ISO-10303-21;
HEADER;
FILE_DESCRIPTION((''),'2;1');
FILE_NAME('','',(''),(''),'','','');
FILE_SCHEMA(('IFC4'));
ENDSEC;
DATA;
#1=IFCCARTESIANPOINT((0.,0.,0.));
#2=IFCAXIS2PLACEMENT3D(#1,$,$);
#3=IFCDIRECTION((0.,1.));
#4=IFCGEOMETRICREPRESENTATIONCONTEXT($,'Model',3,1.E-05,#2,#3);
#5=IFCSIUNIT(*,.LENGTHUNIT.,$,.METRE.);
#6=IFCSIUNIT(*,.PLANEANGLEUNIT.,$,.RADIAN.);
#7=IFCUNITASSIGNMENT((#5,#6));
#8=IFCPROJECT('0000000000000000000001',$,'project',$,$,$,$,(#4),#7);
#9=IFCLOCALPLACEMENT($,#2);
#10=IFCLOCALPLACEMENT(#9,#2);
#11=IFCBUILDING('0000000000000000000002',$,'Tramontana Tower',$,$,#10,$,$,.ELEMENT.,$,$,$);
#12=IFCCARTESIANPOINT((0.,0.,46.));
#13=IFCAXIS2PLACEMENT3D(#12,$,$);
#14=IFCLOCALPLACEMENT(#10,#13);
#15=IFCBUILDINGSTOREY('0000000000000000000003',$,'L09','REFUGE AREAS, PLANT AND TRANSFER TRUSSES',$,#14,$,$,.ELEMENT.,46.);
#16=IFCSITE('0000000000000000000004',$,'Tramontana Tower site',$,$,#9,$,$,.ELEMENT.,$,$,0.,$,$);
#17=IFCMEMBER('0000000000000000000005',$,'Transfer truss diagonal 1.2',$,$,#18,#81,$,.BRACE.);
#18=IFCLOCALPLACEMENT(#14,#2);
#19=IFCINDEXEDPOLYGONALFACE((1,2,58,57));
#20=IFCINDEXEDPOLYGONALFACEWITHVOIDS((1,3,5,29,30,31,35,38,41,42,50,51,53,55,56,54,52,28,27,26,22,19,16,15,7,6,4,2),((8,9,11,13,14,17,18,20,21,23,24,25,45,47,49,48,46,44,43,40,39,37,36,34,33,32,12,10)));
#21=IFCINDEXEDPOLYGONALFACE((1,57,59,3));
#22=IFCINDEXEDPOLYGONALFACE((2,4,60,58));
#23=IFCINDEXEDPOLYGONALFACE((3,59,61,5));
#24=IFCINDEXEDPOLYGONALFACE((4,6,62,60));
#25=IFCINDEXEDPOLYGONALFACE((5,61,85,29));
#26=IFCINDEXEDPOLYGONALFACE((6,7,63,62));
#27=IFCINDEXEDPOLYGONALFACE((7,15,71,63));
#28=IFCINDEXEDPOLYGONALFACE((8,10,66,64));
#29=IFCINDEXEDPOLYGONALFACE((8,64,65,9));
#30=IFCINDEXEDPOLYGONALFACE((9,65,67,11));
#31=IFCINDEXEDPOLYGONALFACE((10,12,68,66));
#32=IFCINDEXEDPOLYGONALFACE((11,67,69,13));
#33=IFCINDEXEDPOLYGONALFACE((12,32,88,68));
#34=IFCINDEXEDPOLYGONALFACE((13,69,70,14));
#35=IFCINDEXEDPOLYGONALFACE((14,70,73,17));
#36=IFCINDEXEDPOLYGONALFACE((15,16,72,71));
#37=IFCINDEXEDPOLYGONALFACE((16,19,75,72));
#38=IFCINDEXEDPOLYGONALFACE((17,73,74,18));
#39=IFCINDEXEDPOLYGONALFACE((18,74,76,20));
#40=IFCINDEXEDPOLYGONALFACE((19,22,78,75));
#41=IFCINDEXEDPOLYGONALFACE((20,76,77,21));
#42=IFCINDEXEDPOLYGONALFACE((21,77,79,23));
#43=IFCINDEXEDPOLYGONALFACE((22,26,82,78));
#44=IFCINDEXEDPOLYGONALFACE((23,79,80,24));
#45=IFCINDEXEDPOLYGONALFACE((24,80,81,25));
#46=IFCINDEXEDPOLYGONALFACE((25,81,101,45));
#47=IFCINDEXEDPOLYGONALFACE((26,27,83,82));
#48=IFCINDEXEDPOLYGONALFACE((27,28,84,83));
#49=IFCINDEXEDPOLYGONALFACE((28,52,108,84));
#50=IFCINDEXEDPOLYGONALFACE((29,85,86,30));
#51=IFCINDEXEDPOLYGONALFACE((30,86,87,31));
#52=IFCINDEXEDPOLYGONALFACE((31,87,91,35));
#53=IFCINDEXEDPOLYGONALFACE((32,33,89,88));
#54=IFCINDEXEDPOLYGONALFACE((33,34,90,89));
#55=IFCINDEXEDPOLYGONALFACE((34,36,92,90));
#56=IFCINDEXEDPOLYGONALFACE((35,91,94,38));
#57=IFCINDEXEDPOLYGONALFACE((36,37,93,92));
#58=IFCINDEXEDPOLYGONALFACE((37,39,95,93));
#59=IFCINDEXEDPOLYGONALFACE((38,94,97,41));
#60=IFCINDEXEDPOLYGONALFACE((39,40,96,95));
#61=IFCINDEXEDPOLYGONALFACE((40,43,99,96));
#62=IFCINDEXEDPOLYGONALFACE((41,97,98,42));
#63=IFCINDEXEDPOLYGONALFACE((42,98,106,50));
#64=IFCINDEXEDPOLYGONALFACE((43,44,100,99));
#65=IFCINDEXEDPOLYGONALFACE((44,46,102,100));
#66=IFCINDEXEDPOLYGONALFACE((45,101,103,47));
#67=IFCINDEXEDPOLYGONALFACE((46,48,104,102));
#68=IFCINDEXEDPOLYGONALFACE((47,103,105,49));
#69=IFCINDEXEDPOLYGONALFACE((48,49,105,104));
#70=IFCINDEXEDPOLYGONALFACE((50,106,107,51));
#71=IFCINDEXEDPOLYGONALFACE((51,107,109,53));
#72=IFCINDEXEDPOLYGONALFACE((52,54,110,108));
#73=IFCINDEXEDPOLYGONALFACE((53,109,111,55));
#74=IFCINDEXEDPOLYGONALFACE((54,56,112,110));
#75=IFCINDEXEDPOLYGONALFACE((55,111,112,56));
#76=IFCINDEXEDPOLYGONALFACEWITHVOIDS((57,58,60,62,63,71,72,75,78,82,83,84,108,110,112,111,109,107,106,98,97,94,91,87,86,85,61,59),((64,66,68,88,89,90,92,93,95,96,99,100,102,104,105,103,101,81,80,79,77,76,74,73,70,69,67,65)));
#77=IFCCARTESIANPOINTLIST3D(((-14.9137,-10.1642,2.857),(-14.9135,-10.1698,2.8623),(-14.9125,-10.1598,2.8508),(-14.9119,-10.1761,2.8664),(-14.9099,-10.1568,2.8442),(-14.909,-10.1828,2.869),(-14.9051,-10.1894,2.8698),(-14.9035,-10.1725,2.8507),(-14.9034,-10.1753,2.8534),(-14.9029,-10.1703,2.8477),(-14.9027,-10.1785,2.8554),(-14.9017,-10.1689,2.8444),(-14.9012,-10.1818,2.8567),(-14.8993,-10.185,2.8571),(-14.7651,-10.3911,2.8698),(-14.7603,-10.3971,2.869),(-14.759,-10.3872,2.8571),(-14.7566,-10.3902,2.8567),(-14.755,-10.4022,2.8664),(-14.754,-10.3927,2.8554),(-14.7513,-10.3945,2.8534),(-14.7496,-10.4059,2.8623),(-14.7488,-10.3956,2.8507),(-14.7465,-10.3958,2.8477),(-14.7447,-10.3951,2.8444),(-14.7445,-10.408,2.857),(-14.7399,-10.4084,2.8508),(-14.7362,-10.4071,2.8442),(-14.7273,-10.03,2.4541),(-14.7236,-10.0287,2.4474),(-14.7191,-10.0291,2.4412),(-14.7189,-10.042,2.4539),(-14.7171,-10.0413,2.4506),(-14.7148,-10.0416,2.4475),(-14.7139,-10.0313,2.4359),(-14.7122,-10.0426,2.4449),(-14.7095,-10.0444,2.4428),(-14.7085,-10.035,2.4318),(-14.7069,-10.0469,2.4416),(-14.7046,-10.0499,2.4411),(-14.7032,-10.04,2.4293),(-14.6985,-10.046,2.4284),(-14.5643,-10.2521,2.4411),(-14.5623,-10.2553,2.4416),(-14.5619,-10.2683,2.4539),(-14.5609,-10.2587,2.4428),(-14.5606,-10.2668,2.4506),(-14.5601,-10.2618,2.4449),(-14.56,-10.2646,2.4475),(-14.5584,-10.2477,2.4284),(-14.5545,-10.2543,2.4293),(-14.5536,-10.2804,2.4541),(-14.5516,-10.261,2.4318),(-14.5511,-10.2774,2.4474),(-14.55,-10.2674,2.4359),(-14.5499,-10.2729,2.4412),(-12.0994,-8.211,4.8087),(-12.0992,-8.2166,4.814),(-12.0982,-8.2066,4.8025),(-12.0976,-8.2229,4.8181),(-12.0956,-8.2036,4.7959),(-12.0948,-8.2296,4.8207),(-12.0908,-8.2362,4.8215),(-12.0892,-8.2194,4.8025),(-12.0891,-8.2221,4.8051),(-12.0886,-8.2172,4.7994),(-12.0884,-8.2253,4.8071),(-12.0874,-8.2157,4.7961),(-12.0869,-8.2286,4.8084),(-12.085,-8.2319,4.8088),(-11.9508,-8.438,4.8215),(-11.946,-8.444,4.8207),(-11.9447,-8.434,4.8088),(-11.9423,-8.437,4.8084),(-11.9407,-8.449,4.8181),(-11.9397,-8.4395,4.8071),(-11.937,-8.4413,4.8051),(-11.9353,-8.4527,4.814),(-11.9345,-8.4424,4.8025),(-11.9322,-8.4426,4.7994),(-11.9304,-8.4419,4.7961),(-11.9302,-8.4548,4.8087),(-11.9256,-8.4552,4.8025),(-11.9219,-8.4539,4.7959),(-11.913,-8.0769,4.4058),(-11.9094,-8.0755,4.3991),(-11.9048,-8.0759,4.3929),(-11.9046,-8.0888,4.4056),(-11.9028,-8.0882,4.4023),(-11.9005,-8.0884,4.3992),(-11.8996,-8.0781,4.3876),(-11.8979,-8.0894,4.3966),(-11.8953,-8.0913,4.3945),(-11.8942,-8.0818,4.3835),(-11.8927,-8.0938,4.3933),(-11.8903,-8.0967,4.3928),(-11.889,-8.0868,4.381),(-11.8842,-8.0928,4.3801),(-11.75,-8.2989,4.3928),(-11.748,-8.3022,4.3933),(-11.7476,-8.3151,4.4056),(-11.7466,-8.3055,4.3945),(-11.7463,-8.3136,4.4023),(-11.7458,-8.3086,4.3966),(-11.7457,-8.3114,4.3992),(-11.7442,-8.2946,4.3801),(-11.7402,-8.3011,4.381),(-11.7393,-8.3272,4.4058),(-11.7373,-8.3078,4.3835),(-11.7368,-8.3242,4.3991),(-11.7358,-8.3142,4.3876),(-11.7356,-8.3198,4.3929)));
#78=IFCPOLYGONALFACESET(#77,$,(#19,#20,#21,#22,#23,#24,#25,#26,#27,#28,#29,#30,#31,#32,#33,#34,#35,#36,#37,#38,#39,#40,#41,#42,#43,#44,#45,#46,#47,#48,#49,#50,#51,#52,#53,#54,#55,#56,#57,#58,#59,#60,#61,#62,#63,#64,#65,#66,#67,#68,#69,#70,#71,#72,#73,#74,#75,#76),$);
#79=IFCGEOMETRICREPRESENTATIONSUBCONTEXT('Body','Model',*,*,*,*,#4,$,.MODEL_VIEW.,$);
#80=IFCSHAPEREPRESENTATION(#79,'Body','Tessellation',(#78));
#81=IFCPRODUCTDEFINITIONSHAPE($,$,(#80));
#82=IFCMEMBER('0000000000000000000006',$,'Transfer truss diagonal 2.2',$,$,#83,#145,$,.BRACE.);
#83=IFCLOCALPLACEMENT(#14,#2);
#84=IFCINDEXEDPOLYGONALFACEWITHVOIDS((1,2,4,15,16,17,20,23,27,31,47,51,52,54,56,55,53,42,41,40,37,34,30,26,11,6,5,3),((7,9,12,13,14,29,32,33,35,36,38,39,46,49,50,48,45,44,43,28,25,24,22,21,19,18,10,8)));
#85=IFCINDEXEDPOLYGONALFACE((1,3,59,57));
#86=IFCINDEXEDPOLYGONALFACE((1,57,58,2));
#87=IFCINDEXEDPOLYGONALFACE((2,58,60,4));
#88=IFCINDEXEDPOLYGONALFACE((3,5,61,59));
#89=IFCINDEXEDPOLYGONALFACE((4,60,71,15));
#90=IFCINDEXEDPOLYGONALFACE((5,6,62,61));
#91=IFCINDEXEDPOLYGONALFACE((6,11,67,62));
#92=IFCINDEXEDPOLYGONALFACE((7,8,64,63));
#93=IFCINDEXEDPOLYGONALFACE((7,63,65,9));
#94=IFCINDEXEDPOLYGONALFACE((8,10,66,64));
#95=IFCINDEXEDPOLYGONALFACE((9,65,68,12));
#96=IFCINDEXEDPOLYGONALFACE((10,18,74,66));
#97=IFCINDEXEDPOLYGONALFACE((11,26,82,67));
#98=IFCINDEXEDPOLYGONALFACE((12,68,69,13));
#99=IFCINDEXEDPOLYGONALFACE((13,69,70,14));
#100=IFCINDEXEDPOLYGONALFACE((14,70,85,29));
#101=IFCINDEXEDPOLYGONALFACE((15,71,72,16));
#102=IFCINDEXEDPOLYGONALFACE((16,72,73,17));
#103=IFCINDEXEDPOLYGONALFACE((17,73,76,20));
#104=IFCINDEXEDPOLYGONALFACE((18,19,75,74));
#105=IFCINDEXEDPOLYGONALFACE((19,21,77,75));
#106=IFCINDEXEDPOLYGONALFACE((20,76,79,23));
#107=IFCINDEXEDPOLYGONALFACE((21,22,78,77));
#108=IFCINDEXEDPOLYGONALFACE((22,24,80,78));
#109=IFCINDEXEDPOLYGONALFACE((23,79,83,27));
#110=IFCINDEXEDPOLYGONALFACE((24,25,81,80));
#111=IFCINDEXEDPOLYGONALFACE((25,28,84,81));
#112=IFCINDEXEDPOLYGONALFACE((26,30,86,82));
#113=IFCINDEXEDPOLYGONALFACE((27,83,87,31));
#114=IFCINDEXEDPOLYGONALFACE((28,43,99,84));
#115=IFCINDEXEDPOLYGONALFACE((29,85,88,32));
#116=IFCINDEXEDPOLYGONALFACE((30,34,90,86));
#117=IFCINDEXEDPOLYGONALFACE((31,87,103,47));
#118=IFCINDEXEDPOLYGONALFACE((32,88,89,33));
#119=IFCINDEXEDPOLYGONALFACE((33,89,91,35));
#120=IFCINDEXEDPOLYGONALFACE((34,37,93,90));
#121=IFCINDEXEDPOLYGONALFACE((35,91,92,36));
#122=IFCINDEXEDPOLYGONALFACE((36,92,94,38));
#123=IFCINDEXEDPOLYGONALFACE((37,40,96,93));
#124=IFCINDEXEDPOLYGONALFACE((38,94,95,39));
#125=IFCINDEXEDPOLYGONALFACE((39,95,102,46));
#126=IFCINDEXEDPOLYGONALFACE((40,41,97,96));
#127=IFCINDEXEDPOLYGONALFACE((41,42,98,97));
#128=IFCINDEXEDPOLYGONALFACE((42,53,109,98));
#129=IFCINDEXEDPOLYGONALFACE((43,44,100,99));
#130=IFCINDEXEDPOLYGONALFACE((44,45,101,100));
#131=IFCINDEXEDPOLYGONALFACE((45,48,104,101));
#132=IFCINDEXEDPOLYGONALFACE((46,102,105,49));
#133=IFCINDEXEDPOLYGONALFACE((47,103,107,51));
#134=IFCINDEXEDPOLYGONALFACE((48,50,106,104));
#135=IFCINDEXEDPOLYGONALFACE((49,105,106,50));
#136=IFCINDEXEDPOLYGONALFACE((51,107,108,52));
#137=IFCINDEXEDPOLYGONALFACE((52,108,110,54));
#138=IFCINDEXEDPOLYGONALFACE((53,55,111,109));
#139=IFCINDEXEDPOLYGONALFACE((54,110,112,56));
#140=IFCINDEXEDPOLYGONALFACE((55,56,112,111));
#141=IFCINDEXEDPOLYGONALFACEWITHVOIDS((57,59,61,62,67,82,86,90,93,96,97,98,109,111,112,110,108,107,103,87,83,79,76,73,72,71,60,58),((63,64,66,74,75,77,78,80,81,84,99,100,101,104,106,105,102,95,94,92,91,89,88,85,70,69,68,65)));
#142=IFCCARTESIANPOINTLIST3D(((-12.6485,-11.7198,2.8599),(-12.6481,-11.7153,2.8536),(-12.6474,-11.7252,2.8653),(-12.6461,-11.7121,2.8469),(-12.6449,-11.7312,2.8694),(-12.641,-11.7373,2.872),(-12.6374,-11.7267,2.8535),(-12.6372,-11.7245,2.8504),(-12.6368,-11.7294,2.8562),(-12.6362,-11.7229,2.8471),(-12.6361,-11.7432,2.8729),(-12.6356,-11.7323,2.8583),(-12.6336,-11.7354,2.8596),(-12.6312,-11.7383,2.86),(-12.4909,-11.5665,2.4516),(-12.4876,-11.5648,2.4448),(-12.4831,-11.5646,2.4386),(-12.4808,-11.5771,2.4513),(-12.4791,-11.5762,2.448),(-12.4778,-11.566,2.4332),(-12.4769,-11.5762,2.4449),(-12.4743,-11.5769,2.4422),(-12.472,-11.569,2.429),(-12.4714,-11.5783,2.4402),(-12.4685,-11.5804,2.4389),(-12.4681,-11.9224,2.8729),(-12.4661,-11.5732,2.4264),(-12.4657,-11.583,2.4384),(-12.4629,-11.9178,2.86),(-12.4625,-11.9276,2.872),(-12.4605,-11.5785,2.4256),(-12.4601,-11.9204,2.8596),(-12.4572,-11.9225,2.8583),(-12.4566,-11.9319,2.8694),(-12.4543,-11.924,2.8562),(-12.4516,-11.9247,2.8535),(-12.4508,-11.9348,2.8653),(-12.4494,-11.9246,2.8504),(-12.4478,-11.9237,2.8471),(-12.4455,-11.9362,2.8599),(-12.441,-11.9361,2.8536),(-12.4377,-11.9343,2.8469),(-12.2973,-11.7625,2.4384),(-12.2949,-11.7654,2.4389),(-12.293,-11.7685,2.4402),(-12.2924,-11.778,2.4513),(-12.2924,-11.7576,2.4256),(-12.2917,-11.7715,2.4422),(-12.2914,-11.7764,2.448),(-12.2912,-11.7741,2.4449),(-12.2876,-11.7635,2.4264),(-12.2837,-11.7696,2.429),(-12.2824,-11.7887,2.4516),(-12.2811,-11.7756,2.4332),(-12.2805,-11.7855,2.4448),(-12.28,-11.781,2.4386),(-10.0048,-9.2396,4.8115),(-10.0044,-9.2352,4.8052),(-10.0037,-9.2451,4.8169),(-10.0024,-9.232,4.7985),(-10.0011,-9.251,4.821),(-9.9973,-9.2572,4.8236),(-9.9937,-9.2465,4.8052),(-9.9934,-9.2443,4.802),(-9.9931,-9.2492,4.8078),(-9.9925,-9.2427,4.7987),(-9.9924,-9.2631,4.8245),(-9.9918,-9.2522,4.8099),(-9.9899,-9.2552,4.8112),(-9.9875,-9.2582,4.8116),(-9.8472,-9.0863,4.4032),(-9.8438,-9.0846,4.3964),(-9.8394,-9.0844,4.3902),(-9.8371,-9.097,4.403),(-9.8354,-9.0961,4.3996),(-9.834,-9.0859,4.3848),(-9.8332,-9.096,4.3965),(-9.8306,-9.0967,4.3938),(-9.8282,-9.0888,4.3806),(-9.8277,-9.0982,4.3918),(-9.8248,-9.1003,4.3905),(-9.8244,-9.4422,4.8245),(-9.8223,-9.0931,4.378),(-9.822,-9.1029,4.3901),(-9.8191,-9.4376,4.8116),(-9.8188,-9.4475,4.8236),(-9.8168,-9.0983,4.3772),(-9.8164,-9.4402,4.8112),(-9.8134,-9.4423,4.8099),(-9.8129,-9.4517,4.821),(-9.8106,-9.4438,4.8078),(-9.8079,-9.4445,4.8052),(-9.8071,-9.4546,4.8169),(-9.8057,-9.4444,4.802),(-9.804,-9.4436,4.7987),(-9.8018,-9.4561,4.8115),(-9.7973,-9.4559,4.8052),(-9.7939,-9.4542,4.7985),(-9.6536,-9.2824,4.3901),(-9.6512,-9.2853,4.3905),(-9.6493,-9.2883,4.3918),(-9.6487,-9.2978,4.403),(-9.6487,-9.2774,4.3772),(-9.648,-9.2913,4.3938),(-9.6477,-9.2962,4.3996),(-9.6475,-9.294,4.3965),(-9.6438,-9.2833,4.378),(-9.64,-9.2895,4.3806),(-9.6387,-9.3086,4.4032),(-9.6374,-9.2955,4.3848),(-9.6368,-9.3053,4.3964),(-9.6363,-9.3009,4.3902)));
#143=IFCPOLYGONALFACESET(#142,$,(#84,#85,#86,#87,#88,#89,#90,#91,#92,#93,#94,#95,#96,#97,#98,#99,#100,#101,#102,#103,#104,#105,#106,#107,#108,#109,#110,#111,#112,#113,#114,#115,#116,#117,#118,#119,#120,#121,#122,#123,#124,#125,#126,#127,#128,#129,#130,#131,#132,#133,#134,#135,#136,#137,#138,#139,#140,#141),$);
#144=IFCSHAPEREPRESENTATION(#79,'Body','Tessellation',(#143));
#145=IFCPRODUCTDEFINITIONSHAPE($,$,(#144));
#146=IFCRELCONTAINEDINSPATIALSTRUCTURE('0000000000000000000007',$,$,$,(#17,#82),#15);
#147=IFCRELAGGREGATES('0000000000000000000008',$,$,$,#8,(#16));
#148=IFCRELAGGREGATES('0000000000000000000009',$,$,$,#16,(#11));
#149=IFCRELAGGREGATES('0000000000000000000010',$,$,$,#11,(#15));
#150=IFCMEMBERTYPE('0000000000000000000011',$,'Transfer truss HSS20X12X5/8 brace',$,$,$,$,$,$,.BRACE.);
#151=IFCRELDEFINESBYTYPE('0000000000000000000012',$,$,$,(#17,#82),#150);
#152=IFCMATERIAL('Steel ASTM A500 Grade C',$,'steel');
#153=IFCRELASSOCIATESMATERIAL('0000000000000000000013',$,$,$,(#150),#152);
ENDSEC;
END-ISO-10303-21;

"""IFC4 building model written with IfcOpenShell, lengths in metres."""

from ifc_helpers import new_model, si_unit, direction, frame, origin, origin_2d, place, context, subcontext, project, spatial, hollow_rectangle, extrude, material, material_profile, profile_set, type_object, element, save


model = new_model("IFC4")

# Units and contexts
model_context = context("Model", 3, precision=1e-05, world=origin(), true_north=direction((0.0, 1.0)))
body_context = subcontext(model_context, "Body", "Model", "MODEL_VIEW")
ifc_project = project(units=[si_unit("LENGTHUNIT", "METRE"), si_unit("PLANEANGLEUNIT", "RADIAN")], contexts=[model_context])

# Site, building, storey
site_placement = place(None, origin())
site = spatial("IfcSite", under=ifc_project, at=site_placement, Name="Tramontana Tower site", CompositionType="ELEMENT", RefElevation=0.0)
building_placement = place(site_placement, origin())
building = spatial("IfcBuilding", under=site, at=building_placement, Name="Tramontana Tower", CompositionType="ELEMENT")
storey_placement = place(building_placement, frame((0.0, 0.0, 46.0)))
storey = spatial("IfcBuildingStorey", under=building, at=storey_placement, Name="L09", Description="REFUGE AREAS, PLANT AND TRANSFER TRUSSES", CompositionType="ELEMENT", Elevation=46.0)

# Members
ifc_material_1 = material(Name="Steel ASTM A500 Grade C", Category="steel")
ifc_material_profile_1 = material_profile(ifc_material_1, hollow_rectangle(XDim=0.3047, YDim=0.5081, WallThickness=0.0146, InnerFilletRadius=0.0146, OuterFilletRadius=0.0295, at=origin_2d()), Name="HSS20X12X5/8")
ifc_profile_set_1 = profile_set([ifc_material_profile_1], Name="Steel ASTM A500 Grade C")
member_type_1 = type_object("IfcMemberType", Name="Transfer truss HSS20X12X5/8 brace", PredefinedType="BRACE", material=ifc_profile_set_1)
member_1_placement = place(storey_placement, frame((-11.9175, -8.2654, 4.6008), z_axis=(-0.71381, -0.4954, -0.495029), x_axis=(0.570162, -0.821532, 0.0)))
element("IfcMember", 1, at=member_1_placement, inside=storey, type_object=member_type_1, Name="Transfer truss diagonal 1.2", PredefinedType="BRACE", context=body_context, shape_type="SweptSolid", body=[
    extrude(hollow_rectangle(XDim=0.3047, YDim=0.5081, WallThickness=0.0146, InnerFilletRadius=0.0146, OuterFilletRadius=0.0295, at=origin_2d()), origin(), (0.0, 0.0, 1.0), 3.9426),
])
member_2_placement = place(storey_placement, frame((-9.8206, -9.2703, 4.6008), z_axis=(-0.642157, -0.602426, -0.474042), x_axis=(0.684185, -0.729308, 0.0)))
element("IfcMember", 2, at=member_2_placement, inside=storey, type_object=member_type_1, Name="Transfer truss diagonal 2.2", PredefinedType="BRACE", context=body_context, shape_type="SweptSolid", body=[
    extrude(hollow_rectangle(XDim=0.3047, YDim=0.5081, WallThickness=0.0146, InnerFilletRadius=0.0146, OuterFilletRadius=0.0295, at=origin_2d()), origin(), (0.0, 0.0, 1.0), 4.1169),
])

save(model, "model.ifc")
